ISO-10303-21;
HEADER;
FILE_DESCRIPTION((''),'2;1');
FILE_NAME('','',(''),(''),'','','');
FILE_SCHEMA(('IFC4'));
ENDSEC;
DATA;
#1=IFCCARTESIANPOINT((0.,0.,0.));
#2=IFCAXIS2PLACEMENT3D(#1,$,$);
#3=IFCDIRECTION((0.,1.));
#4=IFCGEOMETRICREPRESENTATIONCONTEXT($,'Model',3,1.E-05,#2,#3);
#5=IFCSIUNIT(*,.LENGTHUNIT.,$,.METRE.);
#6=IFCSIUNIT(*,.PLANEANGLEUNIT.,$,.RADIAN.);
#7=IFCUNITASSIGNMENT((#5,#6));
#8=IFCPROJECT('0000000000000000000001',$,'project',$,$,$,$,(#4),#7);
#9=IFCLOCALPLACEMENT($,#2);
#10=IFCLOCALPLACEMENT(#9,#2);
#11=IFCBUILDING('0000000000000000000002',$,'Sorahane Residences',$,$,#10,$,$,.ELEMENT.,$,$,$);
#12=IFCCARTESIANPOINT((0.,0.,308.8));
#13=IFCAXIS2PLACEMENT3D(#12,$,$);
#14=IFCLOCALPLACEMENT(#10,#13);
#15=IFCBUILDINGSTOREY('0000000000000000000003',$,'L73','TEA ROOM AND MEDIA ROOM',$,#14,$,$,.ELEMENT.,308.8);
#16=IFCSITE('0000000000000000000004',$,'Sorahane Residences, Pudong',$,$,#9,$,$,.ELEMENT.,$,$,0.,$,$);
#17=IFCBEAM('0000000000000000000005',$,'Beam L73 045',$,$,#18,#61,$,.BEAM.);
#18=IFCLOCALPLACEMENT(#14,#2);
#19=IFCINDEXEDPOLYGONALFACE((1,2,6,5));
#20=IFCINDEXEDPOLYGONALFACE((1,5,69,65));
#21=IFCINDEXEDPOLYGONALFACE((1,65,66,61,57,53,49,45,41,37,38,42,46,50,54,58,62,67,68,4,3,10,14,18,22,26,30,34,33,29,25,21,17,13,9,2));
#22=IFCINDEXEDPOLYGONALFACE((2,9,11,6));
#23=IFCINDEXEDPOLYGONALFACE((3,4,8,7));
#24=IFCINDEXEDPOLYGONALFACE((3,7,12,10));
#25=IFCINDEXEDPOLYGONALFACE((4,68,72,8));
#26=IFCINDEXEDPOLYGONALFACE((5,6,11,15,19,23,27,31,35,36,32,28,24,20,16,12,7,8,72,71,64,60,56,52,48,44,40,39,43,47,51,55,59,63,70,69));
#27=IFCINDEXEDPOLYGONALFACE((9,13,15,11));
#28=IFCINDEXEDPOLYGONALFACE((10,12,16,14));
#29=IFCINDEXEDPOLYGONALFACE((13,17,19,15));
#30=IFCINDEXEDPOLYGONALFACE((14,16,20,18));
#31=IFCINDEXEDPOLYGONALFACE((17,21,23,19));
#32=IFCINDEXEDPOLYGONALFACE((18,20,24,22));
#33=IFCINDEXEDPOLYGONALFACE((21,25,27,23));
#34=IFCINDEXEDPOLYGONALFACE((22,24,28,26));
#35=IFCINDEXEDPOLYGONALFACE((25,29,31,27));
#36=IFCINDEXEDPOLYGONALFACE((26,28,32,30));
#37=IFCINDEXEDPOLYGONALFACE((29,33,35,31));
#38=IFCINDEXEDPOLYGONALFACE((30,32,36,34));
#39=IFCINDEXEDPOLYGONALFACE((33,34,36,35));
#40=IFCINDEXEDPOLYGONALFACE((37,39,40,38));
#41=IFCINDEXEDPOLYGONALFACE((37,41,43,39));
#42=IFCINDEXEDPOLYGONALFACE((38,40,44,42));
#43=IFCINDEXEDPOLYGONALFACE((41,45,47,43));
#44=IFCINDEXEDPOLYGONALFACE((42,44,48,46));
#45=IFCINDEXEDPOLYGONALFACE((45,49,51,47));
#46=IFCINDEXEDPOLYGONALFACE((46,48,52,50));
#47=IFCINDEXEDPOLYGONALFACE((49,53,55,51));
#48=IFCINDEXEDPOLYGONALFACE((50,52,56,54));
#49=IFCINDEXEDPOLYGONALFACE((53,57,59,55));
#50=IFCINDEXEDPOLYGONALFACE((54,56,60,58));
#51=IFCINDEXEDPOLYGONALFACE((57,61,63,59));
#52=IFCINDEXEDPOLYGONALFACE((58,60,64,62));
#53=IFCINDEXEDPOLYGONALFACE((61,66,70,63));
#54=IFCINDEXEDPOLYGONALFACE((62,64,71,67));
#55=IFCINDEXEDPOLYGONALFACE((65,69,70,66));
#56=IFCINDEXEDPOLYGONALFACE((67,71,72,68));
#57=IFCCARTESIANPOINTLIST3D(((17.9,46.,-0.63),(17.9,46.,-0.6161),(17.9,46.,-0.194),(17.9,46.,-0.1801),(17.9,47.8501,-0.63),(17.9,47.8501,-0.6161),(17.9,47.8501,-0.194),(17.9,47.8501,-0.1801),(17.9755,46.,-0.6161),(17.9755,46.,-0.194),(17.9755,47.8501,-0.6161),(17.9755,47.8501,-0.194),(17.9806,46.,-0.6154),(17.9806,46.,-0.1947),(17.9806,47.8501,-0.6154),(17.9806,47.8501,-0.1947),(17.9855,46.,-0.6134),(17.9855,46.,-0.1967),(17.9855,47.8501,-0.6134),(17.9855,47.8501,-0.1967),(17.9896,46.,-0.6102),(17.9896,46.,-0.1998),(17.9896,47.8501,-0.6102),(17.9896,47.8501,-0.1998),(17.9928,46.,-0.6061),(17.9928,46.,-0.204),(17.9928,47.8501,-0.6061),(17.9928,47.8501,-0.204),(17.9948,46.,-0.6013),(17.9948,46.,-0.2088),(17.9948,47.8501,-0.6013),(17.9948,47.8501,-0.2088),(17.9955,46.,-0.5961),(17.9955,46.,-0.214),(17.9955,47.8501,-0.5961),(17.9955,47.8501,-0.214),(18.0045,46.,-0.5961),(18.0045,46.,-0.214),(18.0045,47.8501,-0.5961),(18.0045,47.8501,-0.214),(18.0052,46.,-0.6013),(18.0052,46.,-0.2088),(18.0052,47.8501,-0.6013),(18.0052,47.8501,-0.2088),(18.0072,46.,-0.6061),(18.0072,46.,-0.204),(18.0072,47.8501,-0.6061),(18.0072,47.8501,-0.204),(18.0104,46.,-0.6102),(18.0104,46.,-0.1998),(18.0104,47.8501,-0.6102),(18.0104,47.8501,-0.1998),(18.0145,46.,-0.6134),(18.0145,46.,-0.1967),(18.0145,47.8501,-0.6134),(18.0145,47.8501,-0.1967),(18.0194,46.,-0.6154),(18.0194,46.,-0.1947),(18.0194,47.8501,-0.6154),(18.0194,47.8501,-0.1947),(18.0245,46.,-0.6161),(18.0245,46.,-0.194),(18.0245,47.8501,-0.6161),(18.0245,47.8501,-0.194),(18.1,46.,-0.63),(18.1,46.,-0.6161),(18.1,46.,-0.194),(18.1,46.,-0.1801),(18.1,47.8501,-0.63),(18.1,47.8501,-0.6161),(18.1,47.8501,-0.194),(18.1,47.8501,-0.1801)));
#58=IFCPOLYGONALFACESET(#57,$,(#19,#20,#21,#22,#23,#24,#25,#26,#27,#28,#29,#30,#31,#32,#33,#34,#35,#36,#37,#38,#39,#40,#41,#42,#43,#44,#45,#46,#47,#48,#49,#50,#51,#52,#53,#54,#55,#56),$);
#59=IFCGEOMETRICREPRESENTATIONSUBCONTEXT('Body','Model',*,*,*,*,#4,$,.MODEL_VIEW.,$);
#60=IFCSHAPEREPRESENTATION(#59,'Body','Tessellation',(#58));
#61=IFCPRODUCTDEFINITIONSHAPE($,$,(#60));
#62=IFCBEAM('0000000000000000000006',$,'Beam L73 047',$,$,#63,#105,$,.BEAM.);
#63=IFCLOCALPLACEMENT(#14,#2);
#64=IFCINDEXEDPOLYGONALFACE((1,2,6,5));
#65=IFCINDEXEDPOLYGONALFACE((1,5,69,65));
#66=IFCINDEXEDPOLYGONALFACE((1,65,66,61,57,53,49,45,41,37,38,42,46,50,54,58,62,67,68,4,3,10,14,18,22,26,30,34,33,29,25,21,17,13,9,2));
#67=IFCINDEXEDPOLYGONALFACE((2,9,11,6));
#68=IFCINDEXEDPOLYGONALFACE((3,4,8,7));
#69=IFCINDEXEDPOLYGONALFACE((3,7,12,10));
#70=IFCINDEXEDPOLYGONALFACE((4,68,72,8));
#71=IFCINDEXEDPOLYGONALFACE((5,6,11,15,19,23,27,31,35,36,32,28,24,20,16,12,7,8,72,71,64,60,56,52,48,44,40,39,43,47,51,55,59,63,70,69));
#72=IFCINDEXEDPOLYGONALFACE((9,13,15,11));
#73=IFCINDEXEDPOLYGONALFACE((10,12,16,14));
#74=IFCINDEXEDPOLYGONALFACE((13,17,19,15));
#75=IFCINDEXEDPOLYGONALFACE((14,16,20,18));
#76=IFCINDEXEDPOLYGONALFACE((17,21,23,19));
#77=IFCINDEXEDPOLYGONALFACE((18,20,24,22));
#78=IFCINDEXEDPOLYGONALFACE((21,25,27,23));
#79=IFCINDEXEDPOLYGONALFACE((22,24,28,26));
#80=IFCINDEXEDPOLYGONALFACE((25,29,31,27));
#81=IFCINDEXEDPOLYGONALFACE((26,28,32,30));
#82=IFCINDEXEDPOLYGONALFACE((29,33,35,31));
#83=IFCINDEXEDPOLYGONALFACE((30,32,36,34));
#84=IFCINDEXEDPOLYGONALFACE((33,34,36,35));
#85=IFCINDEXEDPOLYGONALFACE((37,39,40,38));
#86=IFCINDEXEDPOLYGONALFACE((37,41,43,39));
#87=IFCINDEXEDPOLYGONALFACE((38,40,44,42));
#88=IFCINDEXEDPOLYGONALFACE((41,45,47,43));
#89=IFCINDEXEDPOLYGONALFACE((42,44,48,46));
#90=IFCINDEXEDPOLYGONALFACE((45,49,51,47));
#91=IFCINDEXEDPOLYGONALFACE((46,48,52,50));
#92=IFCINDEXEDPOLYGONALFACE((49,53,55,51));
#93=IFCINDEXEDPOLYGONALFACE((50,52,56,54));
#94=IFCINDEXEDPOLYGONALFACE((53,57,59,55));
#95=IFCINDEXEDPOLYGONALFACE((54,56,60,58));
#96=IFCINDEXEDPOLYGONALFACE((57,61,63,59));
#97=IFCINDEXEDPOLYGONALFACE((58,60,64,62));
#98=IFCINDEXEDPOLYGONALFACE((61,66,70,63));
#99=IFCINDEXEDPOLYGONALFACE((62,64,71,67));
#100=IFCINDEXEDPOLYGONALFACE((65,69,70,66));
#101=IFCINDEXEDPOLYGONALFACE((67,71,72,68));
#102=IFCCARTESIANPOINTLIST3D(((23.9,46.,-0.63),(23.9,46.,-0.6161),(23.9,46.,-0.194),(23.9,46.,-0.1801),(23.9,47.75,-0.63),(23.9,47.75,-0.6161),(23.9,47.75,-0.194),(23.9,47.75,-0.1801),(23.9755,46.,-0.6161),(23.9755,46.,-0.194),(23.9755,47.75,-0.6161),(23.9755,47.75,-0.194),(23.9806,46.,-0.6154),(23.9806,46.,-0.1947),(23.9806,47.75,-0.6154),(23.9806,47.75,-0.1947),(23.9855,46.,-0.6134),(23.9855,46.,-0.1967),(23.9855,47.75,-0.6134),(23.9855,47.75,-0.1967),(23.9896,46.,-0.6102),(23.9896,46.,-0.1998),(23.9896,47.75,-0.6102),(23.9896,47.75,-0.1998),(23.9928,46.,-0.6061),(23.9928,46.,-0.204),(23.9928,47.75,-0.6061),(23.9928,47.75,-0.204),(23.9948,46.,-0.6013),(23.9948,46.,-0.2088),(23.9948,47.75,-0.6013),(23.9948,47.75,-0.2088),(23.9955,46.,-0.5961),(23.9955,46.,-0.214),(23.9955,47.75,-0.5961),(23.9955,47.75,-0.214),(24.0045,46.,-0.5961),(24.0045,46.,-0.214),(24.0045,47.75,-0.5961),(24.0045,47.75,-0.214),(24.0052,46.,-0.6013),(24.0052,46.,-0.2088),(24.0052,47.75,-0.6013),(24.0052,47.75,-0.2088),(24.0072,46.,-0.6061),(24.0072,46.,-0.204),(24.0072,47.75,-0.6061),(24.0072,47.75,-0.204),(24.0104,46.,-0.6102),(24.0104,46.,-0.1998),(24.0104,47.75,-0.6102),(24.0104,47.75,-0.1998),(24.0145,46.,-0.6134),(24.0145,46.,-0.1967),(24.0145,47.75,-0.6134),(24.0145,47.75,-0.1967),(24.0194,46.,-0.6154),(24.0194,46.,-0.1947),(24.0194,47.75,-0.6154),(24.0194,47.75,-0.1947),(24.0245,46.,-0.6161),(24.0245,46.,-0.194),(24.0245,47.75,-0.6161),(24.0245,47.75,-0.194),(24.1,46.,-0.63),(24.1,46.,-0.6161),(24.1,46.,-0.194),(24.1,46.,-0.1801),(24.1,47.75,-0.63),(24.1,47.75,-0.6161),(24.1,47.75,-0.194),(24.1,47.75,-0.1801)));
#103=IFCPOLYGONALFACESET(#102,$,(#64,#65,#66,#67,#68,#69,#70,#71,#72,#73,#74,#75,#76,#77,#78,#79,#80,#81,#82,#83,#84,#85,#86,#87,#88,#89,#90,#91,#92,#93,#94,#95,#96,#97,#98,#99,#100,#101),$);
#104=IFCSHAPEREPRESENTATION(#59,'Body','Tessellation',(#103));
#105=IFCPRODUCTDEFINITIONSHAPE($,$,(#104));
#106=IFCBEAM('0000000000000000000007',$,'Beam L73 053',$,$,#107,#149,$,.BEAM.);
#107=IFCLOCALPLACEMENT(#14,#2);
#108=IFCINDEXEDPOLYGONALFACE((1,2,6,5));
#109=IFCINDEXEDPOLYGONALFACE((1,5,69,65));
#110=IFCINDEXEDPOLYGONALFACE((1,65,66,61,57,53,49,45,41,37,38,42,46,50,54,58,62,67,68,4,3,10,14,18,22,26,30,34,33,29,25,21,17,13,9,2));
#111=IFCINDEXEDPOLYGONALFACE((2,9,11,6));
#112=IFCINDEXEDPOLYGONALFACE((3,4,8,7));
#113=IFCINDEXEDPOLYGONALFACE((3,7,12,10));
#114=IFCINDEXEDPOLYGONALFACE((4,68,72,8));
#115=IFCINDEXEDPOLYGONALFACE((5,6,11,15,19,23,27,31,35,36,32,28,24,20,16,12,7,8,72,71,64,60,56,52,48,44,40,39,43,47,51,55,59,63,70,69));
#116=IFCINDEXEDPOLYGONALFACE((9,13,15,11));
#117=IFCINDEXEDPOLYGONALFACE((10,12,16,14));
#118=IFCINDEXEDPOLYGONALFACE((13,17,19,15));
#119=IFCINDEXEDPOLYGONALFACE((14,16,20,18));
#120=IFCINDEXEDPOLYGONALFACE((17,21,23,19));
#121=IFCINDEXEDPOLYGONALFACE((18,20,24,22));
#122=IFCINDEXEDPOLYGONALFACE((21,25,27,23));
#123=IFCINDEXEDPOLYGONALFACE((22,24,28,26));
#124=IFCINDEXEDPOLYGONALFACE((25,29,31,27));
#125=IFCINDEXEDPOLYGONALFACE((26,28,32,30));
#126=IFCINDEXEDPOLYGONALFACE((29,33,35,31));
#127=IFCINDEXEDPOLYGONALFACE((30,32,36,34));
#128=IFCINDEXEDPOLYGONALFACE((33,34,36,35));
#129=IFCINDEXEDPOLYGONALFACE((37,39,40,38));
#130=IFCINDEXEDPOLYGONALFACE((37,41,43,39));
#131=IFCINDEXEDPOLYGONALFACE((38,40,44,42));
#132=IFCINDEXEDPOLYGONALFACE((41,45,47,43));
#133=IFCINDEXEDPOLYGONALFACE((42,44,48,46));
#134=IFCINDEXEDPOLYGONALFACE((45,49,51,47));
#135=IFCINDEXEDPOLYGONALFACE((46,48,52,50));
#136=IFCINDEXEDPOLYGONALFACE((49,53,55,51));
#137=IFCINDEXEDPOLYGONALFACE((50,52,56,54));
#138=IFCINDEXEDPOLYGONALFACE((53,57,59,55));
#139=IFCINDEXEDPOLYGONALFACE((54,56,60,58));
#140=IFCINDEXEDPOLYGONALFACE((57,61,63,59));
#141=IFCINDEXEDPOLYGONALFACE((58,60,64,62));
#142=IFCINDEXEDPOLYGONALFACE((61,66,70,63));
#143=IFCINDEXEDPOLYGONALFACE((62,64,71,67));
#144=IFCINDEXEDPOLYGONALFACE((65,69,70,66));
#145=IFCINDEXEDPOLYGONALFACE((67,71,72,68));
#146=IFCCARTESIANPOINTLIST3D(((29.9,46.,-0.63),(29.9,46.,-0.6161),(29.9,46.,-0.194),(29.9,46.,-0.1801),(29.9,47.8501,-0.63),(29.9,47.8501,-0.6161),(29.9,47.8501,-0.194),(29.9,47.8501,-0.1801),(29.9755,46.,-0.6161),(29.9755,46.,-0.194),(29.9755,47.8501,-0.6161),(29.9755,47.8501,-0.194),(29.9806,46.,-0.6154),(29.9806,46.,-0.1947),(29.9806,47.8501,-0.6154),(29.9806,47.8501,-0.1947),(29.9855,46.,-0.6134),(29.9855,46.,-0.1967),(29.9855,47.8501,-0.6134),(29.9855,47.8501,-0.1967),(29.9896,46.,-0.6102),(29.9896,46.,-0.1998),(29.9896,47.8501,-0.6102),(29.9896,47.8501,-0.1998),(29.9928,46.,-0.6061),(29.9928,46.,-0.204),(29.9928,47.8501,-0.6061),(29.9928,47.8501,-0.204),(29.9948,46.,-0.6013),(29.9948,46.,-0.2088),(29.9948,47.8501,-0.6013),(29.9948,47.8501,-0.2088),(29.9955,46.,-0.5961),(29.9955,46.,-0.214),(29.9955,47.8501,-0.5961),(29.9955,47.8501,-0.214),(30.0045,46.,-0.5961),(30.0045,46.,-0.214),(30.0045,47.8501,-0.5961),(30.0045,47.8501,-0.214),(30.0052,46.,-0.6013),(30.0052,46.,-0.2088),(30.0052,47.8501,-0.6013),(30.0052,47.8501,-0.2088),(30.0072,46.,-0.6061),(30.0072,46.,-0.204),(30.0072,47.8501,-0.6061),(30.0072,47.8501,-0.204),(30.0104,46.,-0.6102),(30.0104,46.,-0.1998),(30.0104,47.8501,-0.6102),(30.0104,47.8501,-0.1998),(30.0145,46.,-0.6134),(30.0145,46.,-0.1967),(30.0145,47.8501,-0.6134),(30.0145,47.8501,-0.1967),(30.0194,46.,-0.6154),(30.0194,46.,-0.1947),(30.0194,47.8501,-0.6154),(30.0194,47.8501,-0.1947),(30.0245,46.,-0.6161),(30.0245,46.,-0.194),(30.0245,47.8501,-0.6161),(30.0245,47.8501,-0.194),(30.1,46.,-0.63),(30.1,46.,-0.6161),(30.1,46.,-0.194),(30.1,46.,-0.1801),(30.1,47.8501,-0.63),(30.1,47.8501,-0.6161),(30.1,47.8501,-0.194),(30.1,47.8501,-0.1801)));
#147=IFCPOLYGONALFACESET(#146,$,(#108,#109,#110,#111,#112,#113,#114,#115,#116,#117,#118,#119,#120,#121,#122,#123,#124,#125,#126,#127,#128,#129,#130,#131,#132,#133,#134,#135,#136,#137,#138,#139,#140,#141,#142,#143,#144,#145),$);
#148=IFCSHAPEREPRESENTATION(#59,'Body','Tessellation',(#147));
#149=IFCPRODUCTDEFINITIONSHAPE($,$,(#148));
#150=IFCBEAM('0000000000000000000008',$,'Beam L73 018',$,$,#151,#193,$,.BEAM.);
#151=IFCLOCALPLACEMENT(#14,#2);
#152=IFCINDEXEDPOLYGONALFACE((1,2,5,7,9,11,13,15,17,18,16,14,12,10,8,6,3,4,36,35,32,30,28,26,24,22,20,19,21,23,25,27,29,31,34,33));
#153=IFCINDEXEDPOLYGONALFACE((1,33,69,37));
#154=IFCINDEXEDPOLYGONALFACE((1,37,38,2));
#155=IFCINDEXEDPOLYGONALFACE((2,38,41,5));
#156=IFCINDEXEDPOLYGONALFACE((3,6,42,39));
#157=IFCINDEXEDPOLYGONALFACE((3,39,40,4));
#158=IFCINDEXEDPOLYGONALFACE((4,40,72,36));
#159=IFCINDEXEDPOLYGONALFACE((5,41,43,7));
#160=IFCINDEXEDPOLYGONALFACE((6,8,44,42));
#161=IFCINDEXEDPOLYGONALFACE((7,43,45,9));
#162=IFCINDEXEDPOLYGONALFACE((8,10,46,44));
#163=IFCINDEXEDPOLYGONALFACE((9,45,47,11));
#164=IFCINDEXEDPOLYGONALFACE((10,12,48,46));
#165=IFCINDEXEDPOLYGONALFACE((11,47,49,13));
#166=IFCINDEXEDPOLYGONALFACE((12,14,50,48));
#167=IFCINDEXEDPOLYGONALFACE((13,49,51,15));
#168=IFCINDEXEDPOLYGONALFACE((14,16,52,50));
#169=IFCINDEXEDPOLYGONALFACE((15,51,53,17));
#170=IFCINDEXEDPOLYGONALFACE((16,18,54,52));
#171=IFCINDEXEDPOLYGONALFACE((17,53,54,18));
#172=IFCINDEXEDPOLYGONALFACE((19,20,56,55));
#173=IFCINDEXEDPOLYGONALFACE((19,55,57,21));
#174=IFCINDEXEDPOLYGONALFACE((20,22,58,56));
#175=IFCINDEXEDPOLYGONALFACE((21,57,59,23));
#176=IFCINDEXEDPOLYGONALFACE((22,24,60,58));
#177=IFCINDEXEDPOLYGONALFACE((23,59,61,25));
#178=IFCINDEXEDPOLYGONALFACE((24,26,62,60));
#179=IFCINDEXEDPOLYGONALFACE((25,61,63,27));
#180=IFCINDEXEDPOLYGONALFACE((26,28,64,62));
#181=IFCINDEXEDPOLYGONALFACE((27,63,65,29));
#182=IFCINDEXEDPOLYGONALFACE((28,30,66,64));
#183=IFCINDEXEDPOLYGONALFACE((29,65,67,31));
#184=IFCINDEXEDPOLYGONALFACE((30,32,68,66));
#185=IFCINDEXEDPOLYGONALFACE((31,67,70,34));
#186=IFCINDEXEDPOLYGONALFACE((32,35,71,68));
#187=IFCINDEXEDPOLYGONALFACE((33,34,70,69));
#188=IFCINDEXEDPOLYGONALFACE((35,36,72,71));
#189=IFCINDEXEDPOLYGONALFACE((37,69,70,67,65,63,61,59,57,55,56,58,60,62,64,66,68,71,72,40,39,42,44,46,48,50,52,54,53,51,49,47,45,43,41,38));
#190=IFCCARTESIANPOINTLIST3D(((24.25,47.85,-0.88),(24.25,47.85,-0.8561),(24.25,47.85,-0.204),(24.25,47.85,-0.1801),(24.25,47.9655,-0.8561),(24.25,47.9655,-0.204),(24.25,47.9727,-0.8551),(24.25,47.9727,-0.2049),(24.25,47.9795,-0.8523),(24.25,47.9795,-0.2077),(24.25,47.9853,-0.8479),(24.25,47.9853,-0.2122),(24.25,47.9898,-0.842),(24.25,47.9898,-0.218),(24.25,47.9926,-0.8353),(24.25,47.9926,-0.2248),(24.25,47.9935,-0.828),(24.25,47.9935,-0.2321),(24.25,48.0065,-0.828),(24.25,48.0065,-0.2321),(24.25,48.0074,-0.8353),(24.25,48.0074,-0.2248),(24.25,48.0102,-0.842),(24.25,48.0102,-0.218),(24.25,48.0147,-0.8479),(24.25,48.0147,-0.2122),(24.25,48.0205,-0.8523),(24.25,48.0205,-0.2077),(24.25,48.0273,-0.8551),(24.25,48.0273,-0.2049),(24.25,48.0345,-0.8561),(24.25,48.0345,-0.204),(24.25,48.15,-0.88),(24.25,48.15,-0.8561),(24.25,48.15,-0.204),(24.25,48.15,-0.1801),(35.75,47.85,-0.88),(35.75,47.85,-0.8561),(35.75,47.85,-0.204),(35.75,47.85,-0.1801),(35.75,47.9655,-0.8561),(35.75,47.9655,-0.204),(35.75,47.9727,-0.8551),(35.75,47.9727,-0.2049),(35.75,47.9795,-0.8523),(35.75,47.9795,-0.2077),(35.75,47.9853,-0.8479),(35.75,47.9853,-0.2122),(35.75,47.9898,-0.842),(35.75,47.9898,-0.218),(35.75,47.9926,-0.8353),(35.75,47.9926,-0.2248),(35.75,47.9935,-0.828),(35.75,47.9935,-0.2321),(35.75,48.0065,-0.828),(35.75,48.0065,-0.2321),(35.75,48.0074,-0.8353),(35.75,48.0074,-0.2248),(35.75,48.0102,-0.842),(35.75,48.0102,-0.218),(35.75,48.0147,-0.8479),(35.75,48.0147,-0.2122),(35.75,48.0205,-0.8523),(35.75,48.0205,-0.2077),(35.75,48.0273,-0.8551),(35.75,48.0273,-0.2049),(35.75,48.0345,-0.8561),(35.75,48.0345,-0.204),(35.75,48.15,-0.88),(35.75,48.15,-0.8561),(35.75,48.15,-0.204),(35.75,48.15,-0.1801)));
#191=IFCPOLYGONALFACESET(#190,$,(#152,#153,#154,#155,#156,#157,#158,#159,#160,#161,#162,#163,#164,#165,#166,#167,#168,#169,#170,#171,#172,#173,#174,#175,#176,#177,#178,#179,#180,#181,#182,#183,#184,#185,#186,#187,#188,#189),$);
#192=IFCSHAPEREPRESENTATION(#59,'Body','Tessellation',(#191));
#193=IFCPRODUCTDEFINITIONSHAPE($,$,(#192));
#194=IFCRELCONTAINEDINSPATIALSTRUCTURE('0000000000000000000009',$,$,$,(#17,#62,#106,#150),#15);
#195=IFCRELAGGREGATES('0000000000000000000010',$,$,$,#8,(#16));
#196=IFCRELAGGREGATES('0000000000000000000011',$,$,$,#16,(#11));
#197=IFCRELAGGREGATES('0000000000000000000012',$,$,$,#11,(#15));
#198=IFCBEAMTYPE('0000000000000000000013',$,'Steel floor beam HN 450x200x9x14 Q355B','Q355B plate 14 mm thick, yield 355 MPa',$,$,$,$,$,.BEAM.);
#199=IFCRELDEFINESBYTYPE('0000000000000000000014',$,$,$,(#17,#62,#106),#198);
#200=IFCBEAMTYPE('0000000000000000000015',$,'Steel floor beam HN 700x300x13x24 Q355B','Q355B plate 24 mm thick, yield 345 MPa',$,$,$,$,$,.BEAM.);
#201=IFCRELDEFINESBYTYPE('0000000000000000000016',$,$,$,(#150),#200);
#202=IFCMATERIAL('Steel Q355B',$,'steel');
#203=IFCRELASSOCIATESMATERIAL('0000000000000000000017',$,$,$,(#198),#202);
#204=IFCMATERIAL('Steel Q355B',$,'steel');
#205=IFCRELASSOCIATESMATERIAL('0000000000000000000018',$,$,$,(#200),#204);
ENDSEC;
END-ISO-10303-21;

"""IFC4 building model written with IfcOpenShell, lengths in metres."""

from ifc_helpers import new_model, si_unit, direction, frame, origin, origin_2d, place, context, subcontext, project, spatial, i_section, extrude, material, material_profile, profile_set, type_object, element, save


model = new_model("IFC4")

# Units and contexts
model_context = context("Model", 3, precision=1e-05, world=origin(), true_north=direction((0.0, 1.0)))
body_context = subcontext(model_context, "Body", "Model", "MODEL_VIEW")
ifc_project = project(units=[si_unit("LENGTHUNIT", "METRE"), si_unit("PLANEANGLEUNIT", "RADIAN")], contexts=[model_context])

# Site, building, storey
site_placement = place(None, origin())
site = spatial("IfcSite", under=ifc_project, at=site_placement, Name="Sorahane Residences, Pudong", CompositionType="ELEMENT", RefElevation=0.0)
building_placement = place(site_placement, origin())
building = spatial("IfcBuilding", under=site, at=building_placement, Name="Sorahane Residences", CompositionType="ELEMENT")
storey_placement = place(building_placement, frame((0.0, 0.0, 308.8)))
storey = spatial("IfcBuildingStorey", under=building, at=storey_placement, Name="L73", Description="TEA ROOM AND MEDIA ROOM", CompositionType="ELEMENT", Elevation=308.8)

# Beams
ifc_material_1 = material(Name="Steel Q355B", Category="steel")
ifc_material_profile_1 = material_profile(ifc_material_1, i_section(OverallWidth=0.2, OverallDepth=0.45, WebThickness=0.009, FlangeThickness=0.0139, FilletRadius=0.02, at=origin_2d()), Name="HN 450x200x9x14")
ifc_profile_set_1 = profile_set([ifc_material_profile_1], Name="Steel Q355B")
beam_type_1 = type_object("IfcBeamType", Name="Steel floor beam HN 450x200x9x14 Q355B", Description="Q355B plate 14 mm thick, yield 355 MPa", PredefinedType="BEAM", material=ifc_profile_set_1)
beam_1_placement = place(storey_placement, frame((18.0, 46.0, -0.405), z_axis=(0.0, 1.0, 0.0), x_axis=(-1.0, 0.0, 0.0)))
element("IfcBeam", 1, at=beam_1_placement, inside=storey, type_object=beam_type_1, Name="Beam L73 045", PredefinedType="BEAM", context=body_context, shape_type="SweptSolid", body=[
    extrude(i_section(OverallWidth=0.2, OverallDepth=0.45, WebThickness=0.009, FlangeThickness=0.0139, FilletRadius=0.02, at=origin_2d()), origin(), (0.0, 0.0, 1.0), 1.8501),
])
beam_2_placement = place(storey_placement, frame((24.0, 46.0, -0.405), z_axis=(0.0, 1.0, 0.0), x_axis=(-1.0, 0.0, 0.0)))
element("IfcBeam", 2, at=beam_2_placement, inside=storey, type_object=beam_type_1, Name="Beam L73 047", PredefinedType="BEAM", context=body_context, shape_type="SweptSolid", body=[
    extrude(i_section(OverallWidth=0.2, OverallDepth=0.45, WebThickness=0.009, FlangeThickness=0.0139, FilletRadius=0.02, at=origin_2d()), origin(), (0.0, 0.0, 1.0), 1.75),
])
beam_3_placement = place(storey_placement, frame((30.0, 46.0, -0.405), z_axis=(0.0, 1.0, 0.0), x_axis=(-1.0, 0.0, 0.0)))
element("IfcBeam", 3, at=beam_3_placement, inside=storey, type_object=beam_type_1, Name="Beam L73 053", PredefinedType="BEAM", context=body_context, shape_type="SweptSolid", body=[
    extrude(i_section(OverallWidth=0.2, OverallDepth=0.45, WebThickness=0.009, FlangeThickness=0.0139, FilletRadius=0.02, at=origin_2d()), origin(), (0.0, 0.0, 1.0), 1.8501),
])
ifc_material_2 = material(Name="Steel Q355B", Category="steel")
ifc_material_profile_2 = material_profile(ifc_material_2, i_section(OverallWidth=0.3, OverallDepth=0.7, WebThickness=0.0129, FlangeThickness=0.0239, FilletRadius=0.0281, at=origin_2d()), Name="HN 700x300x13x24")
ifc_profile_set_2 = profile_set([ifc_material_profile_2], Name="Steel Q355B")
beam_type_2 = type_object("IfcBeamType", Name="Steel floor beam HN 700x300x13x24 Q355B", Description="Q355B plate 24 mm thick, yield 345 MPa", PredefinedType="BEAM", material=ifc_profile_set_2)
beam_4_placement = place(storey_placement, frame((24.25, 48.0, -0.53), z_axis=(1.0, 0.0, 0.0), x_axis=(0.0, 1.0, 0.0)))
element("IfcBeam", 4, at=beam_4_placement, inside=storey, type_object=beam_type_2, Name="Beam L73 018", PredefinedType="BEAM", context=body_context, shape_type="SweptSolid", body=[
    extrude(i_section(OverallWidth=0.3, OverallDepth=0.7, WebThickness=0.0129, FlangeThickness=0.0239, FilletRadius=0.0281, at=origin_2d()), origin(), (0.0, 0.0, 1.0), 11.5),
])

save(model, "model.ifc")
